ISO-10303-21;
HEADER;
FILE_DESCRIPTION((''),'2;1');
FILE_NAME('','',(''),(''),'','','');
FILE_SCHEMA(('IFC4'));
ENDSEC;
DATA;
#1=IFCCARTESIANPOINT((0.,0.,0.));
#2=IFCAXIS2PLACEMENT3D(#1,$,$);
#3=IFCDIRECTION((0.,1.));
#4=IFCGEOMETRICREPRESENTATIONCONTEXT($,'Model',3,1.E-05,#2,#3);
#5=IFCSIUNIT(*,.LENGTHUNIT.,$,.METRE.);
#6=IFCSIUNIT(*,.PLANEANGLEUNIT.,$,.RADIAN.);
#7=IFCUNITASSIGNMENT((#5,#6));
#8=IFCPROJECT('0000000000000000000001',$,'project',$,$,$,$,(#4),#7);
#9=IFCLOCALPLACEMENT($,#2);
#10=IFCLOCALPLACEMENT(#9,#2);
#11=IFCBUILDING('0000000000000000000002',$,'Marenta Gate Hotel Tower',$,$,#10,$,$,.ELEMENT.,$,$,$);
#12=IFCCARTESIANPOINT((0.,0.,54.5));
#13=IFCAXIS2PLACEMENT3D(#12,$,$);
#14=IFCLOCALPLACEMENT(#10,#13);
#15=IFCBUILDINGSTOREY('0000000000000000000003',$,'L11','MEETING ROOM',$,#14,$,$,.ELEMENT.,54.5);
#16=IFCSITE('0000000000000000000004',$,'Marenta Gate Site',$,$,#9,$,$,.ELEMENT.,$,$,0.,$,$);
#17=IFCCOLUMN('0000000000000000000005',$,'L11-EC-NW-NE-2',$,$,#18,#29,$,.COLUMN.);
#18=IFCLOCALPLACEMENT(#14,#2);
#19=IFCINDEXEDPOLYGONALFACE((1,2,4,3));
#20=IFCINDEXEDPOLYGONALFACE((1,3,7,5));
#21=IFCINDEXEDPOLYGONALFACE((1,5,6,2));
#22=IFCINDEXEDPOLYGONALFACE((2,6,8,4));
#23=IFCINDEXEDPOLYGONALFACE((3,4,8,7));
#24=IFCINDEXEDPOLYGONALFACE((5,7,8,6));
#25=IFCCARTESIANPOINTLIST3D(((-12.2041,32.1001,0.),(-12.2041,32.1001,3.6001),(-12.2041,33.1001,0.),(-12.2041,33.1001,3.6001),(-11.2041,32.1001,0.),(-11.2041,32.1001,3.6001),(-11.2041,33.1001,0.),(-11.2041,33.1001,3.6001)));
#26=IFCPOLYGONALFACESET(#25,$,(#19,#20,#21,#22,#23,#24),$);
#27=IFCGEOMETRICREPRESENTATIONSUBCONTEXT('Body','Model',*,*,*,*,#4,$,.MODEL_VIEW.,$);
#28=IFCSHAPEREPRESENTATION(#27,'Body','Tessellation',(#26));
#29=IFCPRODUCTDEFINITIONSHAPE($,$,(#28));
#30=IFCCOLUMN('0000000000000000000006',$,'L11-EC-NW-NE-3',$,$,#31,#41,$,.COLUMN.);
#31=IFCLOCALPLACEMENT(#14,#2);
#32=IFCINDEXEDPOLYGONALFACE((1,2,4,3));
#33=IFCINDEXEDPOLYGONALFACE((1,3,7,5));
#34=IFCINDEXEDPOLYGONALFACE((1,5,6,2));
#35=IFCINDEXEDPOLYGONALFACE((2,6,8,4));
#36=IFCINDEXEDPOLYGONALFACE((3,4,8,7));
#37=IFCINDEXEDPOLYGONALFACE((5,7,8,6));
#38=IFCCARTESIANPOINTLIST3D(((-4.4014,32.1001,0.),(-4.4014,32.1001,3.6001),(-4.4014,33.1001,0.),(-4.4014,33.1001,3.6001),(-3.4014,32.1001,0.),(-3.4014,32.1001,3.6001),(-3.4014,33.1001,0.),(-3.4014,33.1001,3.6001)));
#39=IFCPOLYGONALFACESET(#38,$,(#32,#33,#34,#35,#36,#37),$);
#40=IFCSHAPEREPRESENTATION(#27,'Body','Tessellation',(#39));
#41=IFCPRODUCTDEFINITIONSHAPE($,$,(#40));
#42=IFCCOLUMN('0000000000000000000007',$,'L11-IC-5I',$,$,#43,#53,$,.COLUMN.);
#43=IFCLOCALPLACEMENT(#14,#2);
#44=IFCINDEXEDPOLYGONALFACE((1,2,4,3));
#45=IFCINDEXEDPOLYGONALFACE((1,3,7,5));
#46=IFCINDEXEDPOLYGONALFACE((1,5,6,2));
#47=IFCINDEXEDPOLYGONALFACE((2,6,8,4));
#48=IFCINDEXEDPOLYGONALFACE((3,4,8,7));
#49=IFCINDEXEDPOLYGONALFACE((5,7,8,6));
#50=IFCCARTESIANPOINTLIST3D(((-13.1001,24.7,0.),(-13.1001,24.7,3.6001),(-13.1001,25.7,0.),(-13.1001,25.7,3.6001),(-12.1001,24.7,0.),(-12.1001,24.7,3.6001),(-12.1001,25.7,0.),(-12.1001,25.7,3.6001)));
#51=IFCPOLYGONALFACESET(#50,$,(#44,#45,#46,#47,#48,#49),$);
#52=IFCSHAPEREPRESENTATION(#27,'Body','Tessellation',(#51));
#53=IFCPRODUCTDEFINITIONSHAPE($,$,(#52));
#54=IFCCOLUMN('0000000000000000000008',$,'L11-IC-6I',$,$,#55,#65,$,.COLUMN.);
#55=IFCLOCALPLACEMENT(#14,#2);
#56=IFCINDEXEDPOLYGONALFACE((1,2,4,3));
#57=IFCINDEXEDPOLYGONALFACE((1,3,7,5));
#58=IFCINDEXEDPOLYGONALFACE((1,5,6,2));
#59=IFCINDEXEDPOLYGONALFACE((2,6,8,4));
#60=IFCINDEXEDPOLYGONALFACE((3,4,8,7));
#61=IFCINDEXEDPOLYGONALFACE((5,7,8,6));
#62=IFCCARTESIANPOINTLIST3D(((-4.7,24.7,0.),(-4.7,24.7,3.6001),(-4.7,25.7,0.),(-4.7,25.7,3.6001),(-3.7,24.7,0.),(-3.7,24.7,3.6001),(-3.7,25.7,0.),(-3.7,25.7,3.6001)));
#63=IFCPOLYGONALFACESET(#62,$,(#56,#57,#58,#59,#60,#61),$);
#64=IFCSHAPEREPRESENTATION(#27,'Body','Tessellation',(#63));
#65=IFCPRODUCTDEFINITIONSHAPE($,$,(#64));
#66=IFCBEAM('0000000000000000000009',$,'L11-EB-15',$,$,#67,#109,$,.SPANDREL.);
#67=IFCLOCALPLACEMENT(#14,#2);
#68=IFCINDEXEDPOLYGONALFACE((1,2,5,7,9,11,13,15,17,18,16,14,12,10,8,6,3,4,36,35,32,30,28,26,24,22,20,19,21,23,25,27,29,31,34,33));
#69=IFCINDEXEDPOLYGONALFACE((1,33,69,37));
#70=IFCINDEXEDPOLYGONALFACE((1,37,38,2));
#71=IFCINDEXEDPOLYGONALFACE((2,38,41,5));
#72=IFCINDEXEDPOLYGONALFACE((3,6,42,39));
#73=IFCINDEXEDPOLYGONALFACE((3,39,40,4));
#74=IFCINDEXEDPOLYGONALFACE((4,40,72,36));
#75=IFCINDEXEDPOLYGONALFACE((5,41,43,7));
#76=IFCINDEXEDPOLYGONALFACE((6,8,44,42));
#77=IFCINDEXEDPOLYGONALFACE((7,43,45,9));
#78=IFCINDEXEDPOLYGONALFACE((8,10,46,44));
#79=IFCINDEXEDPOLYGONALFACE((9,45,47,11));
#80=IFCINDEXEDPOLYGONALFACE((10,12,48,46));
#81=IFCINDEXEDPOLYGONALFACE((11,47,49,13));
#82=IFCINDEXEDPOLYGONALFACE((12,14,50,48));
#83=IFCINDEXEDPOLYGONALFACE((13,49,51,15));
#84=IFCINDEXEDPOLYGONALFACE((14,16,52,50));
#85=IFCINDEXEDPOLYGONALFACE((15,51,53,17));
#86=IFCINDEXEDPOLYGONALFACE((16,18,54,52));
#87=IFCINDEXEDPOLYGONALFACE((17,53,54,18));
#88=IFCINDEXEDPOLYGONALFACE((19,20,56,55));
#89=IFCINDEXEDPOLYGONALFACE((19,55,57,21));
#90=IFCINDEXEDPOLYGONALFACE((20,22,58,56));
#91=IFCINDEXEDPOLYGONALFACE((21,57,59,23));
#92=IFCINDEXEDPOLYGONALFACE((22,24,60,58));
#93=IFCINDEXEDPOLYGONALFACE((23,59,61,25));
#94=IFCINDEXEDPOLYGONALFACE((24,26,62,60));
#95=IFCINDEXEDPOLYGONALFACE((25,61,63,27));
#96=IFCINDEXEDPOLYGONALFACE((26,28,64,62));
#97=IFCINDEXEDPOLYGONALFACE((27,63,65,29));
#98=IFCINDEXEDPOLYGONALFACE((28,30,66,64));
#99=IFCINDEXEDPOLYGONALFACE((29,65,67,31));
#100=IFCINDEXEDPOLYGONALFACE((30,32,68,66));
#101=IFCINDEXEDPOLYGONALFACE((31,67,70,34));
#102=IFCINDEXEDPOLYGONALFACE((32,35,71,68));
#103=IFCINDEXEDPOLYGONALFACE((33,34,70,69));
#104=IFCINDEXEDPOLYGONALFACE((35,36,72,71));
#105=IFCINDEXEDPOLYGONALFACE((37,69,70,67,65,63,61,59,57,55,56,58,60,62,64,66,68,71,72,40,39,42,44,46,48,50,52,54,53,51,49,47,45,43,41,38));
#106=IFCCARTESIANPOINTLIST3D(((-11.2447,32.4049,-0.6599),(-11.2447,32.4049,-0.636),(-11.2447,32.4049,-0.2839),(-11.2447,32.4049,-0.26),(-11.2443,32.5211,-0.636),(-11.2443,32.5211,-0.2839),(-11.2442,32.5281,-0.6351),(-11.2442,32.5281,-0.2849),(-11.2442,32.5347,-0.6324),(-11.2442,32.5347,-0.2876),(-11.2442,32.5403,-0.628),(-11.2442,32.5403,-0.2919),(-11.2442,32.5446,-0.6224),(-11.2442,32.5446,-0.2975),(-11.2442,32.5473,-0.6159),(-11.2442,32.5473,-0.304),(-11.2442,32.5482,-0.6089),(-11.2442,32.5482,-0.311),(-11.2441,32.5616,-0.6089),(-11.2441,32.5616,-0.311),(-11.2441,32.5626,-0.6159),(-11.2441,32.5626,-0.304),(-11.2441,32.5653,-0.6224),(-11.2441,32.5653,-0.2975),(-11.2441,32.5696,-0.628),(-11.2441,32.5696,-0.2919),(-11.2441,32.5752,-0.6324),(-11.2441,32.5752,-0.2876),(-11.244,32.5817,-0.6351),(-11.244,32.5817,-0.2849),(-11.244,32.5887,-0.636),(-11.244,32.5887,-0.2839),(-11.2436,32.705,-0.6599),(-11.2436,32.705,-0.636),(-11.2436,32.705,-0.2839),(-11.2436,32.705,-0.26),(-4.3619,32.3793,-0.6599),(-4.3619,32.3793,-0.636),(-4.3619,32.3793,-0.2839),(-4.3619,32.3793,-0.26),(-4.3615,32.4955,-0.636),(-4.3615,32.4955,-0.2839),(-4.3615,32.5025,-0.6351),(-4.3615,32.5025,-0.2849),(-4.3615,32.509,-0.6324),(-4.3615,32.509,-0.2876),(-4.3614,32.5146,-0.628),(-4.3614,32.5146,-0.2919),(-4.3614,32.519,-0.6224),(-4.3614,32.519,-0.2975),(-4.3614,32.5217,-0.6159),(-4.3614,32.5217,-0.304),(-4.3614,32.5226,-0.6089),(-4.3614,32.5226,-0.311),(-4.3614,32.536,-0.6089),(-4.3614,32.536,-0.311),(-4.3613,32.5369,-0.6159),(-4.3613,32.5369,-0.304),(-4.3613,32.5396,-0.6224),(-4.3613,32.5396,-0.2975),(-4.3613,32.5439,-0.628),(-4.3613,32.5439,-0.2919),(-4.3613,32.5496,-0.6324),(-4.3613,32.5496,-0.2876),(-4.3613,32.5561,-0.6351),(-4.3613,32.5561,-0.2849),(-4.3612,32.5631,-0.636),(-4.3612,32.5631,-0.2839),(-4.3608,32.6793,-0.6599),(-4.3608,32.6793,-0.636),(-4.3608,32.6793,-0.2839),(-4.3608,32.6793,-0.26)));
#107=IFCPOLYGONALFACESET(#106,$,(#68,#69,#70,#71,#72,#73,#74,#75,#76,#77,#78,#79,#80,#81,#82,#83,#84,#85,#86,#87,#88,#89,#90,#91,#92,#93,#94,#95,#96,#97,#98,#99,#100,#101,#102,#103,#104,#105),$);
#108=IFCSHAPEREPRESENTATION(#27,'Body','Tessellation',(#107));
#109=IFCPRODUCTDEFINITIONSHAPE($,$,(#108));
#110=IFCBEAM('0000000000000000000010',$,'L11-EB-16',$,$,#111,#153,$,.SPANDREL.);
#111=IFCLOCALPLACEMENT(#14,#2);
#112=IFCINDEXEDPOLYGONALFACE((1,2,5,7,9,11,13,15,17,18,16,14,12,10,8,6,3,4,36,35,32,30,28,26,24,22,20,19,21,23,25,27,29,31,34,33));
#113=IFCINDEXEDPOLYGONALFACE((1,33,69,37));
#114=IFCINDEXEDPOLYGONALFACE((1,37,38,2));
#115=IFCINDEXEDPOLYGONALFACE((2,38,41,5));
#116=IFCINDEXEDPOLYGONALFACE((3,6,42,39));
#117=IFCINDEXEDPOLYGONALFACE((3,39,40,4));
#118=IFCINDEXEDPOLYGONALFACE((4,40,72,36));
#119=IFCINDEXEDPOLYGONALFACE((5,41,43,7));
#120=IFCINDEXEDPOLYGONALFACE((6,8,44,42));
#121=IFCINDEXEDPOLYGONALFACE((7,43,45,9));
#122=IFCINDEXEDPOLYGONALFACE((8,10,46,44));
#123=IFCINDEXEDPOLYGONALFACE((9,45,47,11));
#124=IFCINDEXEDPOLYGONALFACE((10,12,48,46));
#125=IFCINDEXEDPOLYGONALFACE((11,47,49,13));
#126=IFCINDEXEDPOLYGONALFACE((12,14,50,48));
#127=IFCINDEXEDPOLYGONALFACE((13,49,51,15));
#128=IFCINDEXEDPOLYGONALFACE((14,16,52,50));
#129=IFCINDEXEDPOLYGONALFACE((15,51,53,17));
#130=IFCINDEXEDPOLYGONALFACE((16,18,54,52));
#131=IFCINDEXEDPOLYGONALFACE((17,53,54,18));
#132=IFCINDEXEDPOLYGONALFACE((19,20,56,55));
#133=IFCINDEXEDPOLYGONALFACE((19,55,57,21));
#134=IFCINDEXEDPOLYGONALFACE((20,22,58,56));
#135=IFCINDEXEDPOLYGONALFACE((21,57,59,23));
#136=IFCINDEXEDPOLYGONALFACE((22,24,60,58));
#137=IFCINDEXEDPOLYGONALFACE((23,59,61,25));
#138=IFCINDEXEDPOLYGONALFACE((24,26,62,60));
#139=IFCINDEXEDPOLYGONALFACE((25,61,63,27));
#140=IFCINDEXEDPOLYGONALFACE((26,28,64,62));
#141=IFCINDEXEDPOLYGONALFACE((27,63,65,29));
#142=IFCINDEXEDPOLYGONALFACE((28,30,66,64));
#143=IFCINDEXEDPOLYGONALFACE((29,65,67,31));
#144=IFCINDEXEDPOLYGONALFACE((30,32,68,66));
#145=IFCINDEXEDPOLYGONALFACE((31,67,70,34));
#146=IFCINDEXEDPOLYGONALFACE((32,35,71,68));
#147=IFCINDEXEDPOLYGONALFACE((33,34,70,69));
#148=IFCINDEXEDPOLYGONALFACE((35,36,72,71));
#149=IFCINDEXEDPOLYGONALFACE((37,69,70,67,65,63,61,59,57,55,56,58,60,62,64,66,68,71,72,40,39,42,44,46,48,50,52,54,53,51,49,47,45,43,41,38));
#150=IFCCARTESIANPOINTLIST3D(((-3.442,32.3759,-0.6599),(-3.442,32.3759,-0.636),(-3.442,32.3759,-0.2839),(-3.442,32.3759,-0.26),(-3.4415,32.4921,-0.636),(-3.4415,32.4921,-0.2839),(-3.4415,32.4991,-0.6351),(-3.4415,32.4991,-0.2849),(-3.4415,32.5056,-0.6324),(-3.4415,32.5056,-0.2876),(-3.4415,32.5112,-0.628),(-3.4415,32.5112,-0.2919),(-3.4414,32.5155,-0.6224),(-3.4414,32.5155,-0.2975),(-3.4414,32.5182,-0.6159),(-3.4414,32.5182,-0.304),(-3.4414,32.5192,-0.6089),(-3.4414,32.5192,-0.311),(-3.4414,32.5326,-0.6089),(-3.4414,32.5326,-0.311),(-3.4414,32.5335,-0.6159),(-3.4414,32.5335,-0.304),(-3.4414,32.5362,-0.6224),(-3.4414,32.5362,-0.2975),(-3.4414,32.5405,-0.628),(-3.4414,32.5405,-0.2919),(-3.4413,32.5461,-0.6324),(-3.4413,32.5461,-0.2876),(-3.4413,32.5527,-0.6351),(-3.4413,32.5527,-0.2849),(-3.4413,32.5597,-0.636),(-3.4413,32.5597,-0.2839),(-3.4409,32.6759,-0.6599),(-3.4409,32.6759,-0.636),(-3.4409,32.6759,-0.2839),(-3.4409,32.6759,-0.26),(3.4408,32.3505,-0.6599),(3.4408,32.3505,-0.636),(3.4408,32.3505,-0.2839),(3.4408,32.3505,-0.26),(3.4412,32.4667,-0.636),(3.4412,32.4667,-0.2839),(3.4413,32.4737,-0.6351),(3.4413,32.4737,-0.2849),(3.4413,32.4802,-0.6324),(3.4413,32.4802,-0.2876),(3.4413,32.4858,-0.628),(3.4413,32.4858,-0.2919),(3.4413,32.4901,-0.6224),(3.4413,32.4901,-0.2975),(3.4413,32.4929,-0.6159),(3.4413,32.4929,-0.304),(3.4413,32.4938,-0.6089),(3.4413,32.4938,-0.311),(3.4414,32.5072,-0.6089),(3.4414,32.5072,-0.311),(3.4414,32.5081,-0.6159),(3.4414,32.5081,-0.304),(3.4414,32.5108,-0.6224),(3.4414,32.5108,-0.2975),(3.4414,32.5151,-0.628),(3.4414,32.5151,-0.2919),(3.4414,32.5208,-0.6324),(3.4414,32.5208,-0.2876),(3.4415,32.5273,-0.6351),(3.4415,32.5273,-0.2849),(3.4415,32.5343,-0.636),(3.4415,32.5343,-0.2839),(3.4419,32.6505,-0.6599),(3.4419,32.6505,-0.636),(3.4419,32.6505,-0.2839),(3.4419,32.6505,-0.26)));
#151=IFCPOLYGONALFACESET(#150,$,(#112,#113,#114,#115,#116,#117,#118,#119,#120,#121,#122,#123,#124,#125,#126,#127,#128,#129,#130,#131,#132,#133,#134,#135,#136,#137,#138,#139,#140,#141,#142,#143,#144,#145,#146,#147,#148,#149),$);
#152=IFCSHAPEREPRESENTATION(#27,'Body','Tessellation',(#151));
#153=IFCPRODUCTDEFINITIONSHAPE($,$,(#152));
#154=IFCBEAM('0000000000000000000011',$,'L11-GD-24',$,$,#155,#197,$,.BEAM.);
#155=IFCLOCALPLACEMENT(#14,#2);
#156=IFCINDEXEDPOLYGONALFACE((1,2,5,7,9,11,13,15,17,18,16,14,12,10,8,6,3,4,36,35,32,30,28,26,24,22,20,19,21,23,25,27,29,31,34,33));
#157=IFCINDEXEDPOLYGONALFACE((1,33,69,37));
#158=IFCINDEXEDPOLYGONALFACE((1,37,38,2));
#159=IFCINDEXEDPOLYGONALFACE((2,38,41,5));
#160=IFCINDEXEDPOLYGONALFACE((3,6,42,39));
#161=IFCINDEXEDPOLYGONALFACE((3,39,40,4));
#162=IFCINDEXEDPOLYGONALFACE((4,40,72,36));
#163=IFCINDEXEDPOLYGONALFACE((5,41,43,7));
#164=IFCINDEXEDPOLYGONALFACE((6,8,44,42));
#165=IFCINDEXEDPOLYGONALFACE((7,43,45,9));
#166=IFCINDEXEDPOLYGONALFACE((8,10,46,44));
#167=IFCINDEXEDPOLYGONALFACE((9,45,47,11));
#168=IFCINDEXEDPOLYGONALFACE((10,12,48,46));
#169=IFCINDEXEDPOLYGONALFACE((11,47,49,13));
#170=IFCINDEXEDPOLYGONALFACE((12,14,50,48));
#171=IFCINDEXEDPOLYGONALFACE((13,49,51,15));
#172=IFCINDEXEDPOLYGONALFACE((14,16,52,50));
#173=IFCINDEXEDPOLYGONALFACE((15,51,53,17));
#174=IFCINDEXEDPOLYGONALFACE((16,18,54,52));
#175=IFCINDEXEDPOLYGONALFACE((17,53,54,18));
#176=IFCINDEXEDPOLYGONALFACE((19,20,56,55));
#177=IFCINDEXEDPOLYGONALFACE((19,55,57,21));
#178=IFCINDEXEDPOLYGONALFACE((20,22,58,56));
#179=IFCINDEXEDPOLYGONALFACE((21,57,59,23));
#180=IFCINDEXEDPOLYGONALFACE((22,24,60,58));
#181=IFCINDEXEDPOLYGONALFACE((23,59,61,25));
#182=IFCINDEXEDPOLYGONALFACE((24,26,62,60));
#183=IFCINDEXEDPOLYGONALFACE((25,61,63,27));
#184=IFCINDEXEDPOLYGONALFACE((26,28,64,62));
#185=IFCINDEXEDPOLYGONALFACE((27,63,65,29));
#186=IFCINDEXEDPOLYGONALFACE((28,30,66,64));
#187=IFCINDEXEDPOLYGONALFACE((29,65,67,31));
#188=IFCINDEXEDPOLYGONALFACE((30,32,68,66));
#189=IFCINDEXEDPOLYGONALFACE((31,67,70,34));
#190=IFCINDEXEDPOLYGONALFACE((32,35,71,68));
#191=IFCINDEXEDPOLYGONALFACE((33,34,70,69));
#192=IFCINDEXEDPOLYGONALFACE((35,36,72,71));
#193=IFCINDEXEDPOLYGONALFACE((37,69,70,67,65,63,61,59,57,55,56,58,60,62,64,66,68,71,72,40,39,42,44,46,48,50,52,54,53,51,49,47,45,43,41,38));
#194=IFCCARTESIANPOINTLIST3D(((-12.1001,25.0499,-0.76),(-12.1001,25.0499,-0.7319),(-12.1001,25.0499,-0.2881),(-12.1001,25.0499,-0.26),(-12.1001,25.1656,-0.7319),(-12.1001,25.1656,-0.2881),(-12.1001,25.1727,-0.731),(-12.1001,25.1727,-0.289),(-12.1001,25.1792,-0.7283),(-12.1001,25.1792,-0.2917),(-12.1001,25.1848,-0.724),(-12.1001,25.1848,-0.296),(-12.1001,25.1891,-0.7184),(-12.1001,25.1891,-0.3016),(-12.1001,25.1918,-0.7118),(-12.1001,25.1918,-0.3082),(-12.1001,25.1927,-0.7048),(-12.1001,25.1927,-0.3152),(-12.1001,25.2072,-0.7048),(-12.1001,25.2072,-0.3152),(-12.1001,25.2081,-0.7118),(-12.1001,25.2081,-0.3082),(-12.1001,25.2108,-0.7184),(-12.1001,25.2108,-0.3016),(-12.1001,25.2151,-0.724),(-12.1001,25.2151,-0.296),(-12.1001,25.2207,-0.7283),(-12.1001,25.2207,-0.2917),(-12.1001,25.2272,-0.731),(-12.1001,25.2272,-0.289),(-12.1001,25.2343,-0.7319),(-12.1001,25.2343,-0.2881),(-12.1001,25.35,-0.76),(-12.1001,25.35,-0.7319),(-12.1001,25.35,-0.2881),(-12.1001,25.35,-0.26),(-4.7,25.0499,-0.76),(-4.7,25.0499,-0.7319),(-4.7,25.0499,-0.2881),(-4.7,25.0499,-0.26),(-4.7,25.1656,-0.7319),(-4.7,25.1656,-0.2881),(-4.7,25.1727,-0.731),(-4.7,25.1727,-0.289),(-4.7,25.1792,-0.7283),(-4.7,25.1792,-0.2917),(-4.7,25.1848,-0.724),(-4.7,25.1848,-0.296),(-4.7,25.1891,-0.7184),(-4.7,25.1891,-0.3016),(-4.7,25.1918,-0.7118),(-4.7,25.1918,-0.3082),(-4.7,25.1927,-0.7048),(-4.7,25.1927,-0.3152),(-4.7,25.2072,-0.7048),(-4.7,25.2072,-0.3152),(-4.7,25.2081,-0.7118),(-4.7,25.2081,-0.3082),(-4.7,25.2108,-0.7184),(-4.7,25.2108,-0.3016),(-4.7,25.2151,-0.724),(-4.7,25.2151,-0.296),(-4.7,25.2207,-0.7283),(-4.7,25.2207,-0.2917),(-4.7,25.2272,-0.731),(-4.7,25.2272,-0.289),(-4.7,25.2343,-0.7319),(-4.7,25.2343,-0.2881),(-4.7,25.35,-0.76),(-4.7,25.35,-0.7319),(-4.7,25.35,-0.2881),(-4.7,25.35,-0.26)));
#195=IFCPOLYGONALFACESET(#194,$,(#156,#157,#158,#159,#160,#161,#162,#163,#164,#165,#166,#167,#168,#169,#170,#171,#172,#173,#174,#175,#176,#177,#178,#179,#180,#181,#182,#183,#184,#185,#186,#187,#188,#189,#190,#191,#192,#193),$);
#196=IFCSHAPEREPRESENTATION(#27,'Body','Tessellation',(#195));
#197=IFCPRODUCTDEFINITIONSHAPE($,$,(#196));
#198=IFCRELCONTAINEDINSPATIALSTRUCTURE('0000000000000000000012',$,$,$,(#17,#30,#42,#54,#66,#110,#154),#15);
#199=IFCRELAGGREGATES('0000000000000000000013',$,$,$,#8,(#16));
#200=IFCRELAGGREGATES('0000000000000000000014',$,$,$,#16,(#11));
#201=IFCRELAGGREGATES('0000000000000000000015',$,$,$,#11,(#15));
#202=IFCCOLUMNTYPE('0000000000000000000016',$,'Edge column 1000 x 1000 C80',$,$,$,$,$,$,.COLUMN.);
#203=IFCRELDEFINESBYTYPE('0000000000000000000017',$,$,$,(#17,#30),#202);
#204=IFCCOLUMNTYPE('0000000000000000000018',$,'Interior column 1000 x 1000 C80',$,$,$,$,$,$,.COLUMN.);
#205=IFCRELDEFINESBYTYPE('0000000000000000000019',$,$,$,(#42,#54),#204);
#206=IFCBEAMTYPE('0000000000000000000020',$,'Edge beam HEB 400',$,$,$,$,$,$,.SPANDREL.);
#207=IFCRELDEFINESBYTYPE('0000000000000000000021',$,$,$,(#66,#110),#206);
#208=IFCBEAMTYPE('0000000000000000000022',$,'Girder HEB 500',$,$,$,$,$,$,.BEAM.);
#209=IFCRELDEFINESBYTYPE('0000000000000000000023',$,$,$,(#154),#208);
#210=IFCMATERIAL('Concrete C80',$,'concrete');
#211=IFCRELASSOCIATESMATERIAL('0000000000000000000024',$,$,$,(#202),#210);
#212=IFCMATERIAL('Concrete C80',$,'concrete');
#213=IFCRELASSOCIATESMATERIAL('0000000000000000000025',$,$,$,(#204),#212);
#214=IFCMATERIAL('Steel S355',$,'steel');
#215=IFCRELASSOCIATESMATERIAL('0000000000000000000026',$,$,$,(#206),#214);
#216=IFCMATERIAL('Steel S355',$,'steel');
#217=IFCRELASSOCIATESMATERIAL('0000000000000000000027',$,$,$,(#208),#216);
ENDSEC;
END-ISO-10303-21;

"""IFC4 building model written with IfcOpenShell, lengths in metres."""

from ifc_helpers import new_model, si_unit, direction, frame, origin, origin_2d, place, context, subcontext, project, spatial, rectangle, i_section, extrude, material, material_profile, profile_set, type_object, element, save


model = new_model("IFC4")

# Units and contexts
model_context = context("Model", 3, precision=1e-05, world=origin(), true_north=direction((0.0, 1.0)))
body_context = subcontext(model_context, "Body", "Model", "MODEL_VIEW")
ifc_project = project(units=[si_unit("LENGTHUNIT", "METRE"), si_unit("PLANEANGLEUNIT", "RADIAN")], contexts=[model_context])

# Site, building, storey
site_placement = place(None, origin())
site = spatial("IfcSite", under=ifc_project, at=site_placement, Name="Marenta Gate Site", CompositionType="ELEMENT", RefElevation=0.0)
building_placement = place(site_placement, origin())
building = spatial("IfcBuilding", under=site, at=building_placement, Name="Marenta Gate Hotel Tower", CompositionType="ELEMENT")
storey_placement = place(building_placement, frame((0.0, 0.0, 54.5)))
storey = spatial("IfcBuildingStorey", under=building, at=storey_placement, Name="L11", Description="MEETING ROOM", CompositionType="ELEMENT", Elevation=54.5)

# Columns
ifc_material_1 = material(Name="Concrete C80", Category="concrete")
ifc_material_profile_1 = material_profile(ifc_material_1, rectangle(XDim=1.0, YDim=1.0, at=origin_2d()), Name="1000 x 1000")
ifc_profile_set_1 = profile_set([ifc_material_profile_1], Name="Concrete C80")
column_type_1 = type_object("IfcColumnType", Name="Edge column 1000 x 1000 C80", PredefinedType="COLUMN", material=ifc_profile_set_1)
for number, where, z_axis, x_axis, name in (
    (1, (-11.7041, 32.6001, 0.0), (0.0, 0.0, 1.0), (1.0, 0.0, 0.0), "L11-EC-NW-NE-2"),
    (2, (-3.9014, 32.6001, 0.0), (0.0, 0.0, 1.0), (1.0, 0.0, 0.0), "L11-EC-NW-NE-3"),
):
    element("IfcColumn", number, at=place(storey_placement, frame(where, z_axis=z_axis, x_axis=x_axis)), inside=storey, type_object=column_type_1, Name=name, PredefinedType="COLUMN", context=body_context, shape_type="SweptSolid", body=[
        extrude(rectangle(XDim=1.0, YDim=1.0, at=origin_2d()), origin(), (0.0, 0.0, 1.0), 3.6001),
    ])
ifc_material_2 = material(Name="Concrete C80", Category="concrete")
ifc_material_profile_2 = material_profile(ifc_material_2, rectangle(XDim=1.0, YDim=1.0, at=origin_2d()), Name="1000 x 1000")
ifc_profile_set_2 = profile_set([ifc_material_profile_2], Name="Concrete C80")
column_type_2 = type_object("IfcColumnType", Name="Interior column 1000 x 1000 C80", PredefinedType="COLUMN", material=ifc_profile_set_2)
for number, where, z_axis, x_axis, name in (
    (3, (-12.6001, 25.2, 0.0), (0.0, 0.0, 1.0), (1.0, 0.0, 0.0), "L11-IC-5I"),
    (4, (-4.2, 25.2, 0.0), (0.0, 0.0, 1.0), (1.0, 0.0, 0.0), "L11-IC-6I"),
):
    element("IfcColumn", number, at=place(storey_placement, frame(where, z_axis=z_axis, x_axis=x_axis)), inside=storey, type_object=column_type_2, Name=name, PredefinedType="COLUMN", context=body_context, shape_type="SweptSolid", body=[
        extrude(rectangle(XDim=1.0, YDim=1.0, at=origin_2d()), origin(), (0.0, 0.0, 1.0), 3.6001),
    ])

# Beams
ifc_material_3 = material(Name="Steel S355", Category="steel")
ifc_material_profile_3 = material_profile(ifc_material_3, i_section(OverallWidth=0.3, OverallDepth=0.3999, WebThickness=0.0134, FlangeThickness=0.0239, FilletRadius=0.0271, at=origin_2d()), Name="HEB 400")
ifc_profile_set_3 = profile_set([ifc_material_profile_3], Name="Steel S355")
beam_type_1 = type_object("IfcBeamType", Name="Edge beam HEB 400", PredefinedType="SPANDREL", material=ifc_profile_set_3)
for number, where, z_axis, x_axis, name in (
    (5, (-11.2441, 32.5549, -0.46), (0.999993, -0.003724, 0.0), (0.003724, 0.999993, 0.0), "L11-EB-15"),
    (6, (-3.4414, 32.5259, -0.46), (0.999993, -0.003689, 0.0), (0.003689, 0.999993, 0.0), "L11-EB-16"),
):
    element("IfcBeam", number, at=place(storey_placement, frame(where, z_axis=z_axis, x_axis=x_axis)), inside=storey, type_object=beam_type_1, Name=name, PredefinedType="SPANDREL", context=body_context, shape_type="SweptSolid", body=[
        extrude(i_section(OverallWidth=0.3, OverallDepth=0.3999, WebThickness=0.0134, FlangeThickness=0.0239, FilletRadius=0.0271, at=origin_2d()), origin(), (0.0, 0.0, 1.0), 6.8828),
    ])
ifc_material_4 = material(Name="Steel S355", Category="steel")
ifc_material_profile_4 = material_profile(ifc_material_4, i_section(OverallWidth=0.3, OverallDepth=0.5, WebThickness=0.0144, FlangeThickness=0.0281, FilletRadius=0.0271, at=origin_2d()), Name="HEB 500")
ifc_profile_set_4 = profile_set([ifc_material_profile_4], Name="Steel S355")
beam_type_2 = type_object("IfcBeamType", Name="Girder HEB 500", PredefinedType="BEAM", material=ifc_profile_set_4)
beam_1_placement = place(storey_placement, frame((-12.1001, 25.2, -0.51), z_axis=(1.0, 0.0, 0.0), x_axis=(0.0, 1.0, 0.0)))
element("IfcBeam", 7, at=beam_1_placement, inside=storey, type_object=beam_type_2, Name="L11-GD-24", PredefinedType="BEAM", context=body_context, shape_type="SweptSolid", body=[
    extrude(i_section(OverallWidth=0.3, OverallDepth=0.5, WebThickness=0.0144, FlangeThickness=0.0281, FilletRadius=0.0271, at=origin_2d()), origin(), (0.0, 0.0, 1.0), 7.4001),
])

save(model, "model.ifc")
